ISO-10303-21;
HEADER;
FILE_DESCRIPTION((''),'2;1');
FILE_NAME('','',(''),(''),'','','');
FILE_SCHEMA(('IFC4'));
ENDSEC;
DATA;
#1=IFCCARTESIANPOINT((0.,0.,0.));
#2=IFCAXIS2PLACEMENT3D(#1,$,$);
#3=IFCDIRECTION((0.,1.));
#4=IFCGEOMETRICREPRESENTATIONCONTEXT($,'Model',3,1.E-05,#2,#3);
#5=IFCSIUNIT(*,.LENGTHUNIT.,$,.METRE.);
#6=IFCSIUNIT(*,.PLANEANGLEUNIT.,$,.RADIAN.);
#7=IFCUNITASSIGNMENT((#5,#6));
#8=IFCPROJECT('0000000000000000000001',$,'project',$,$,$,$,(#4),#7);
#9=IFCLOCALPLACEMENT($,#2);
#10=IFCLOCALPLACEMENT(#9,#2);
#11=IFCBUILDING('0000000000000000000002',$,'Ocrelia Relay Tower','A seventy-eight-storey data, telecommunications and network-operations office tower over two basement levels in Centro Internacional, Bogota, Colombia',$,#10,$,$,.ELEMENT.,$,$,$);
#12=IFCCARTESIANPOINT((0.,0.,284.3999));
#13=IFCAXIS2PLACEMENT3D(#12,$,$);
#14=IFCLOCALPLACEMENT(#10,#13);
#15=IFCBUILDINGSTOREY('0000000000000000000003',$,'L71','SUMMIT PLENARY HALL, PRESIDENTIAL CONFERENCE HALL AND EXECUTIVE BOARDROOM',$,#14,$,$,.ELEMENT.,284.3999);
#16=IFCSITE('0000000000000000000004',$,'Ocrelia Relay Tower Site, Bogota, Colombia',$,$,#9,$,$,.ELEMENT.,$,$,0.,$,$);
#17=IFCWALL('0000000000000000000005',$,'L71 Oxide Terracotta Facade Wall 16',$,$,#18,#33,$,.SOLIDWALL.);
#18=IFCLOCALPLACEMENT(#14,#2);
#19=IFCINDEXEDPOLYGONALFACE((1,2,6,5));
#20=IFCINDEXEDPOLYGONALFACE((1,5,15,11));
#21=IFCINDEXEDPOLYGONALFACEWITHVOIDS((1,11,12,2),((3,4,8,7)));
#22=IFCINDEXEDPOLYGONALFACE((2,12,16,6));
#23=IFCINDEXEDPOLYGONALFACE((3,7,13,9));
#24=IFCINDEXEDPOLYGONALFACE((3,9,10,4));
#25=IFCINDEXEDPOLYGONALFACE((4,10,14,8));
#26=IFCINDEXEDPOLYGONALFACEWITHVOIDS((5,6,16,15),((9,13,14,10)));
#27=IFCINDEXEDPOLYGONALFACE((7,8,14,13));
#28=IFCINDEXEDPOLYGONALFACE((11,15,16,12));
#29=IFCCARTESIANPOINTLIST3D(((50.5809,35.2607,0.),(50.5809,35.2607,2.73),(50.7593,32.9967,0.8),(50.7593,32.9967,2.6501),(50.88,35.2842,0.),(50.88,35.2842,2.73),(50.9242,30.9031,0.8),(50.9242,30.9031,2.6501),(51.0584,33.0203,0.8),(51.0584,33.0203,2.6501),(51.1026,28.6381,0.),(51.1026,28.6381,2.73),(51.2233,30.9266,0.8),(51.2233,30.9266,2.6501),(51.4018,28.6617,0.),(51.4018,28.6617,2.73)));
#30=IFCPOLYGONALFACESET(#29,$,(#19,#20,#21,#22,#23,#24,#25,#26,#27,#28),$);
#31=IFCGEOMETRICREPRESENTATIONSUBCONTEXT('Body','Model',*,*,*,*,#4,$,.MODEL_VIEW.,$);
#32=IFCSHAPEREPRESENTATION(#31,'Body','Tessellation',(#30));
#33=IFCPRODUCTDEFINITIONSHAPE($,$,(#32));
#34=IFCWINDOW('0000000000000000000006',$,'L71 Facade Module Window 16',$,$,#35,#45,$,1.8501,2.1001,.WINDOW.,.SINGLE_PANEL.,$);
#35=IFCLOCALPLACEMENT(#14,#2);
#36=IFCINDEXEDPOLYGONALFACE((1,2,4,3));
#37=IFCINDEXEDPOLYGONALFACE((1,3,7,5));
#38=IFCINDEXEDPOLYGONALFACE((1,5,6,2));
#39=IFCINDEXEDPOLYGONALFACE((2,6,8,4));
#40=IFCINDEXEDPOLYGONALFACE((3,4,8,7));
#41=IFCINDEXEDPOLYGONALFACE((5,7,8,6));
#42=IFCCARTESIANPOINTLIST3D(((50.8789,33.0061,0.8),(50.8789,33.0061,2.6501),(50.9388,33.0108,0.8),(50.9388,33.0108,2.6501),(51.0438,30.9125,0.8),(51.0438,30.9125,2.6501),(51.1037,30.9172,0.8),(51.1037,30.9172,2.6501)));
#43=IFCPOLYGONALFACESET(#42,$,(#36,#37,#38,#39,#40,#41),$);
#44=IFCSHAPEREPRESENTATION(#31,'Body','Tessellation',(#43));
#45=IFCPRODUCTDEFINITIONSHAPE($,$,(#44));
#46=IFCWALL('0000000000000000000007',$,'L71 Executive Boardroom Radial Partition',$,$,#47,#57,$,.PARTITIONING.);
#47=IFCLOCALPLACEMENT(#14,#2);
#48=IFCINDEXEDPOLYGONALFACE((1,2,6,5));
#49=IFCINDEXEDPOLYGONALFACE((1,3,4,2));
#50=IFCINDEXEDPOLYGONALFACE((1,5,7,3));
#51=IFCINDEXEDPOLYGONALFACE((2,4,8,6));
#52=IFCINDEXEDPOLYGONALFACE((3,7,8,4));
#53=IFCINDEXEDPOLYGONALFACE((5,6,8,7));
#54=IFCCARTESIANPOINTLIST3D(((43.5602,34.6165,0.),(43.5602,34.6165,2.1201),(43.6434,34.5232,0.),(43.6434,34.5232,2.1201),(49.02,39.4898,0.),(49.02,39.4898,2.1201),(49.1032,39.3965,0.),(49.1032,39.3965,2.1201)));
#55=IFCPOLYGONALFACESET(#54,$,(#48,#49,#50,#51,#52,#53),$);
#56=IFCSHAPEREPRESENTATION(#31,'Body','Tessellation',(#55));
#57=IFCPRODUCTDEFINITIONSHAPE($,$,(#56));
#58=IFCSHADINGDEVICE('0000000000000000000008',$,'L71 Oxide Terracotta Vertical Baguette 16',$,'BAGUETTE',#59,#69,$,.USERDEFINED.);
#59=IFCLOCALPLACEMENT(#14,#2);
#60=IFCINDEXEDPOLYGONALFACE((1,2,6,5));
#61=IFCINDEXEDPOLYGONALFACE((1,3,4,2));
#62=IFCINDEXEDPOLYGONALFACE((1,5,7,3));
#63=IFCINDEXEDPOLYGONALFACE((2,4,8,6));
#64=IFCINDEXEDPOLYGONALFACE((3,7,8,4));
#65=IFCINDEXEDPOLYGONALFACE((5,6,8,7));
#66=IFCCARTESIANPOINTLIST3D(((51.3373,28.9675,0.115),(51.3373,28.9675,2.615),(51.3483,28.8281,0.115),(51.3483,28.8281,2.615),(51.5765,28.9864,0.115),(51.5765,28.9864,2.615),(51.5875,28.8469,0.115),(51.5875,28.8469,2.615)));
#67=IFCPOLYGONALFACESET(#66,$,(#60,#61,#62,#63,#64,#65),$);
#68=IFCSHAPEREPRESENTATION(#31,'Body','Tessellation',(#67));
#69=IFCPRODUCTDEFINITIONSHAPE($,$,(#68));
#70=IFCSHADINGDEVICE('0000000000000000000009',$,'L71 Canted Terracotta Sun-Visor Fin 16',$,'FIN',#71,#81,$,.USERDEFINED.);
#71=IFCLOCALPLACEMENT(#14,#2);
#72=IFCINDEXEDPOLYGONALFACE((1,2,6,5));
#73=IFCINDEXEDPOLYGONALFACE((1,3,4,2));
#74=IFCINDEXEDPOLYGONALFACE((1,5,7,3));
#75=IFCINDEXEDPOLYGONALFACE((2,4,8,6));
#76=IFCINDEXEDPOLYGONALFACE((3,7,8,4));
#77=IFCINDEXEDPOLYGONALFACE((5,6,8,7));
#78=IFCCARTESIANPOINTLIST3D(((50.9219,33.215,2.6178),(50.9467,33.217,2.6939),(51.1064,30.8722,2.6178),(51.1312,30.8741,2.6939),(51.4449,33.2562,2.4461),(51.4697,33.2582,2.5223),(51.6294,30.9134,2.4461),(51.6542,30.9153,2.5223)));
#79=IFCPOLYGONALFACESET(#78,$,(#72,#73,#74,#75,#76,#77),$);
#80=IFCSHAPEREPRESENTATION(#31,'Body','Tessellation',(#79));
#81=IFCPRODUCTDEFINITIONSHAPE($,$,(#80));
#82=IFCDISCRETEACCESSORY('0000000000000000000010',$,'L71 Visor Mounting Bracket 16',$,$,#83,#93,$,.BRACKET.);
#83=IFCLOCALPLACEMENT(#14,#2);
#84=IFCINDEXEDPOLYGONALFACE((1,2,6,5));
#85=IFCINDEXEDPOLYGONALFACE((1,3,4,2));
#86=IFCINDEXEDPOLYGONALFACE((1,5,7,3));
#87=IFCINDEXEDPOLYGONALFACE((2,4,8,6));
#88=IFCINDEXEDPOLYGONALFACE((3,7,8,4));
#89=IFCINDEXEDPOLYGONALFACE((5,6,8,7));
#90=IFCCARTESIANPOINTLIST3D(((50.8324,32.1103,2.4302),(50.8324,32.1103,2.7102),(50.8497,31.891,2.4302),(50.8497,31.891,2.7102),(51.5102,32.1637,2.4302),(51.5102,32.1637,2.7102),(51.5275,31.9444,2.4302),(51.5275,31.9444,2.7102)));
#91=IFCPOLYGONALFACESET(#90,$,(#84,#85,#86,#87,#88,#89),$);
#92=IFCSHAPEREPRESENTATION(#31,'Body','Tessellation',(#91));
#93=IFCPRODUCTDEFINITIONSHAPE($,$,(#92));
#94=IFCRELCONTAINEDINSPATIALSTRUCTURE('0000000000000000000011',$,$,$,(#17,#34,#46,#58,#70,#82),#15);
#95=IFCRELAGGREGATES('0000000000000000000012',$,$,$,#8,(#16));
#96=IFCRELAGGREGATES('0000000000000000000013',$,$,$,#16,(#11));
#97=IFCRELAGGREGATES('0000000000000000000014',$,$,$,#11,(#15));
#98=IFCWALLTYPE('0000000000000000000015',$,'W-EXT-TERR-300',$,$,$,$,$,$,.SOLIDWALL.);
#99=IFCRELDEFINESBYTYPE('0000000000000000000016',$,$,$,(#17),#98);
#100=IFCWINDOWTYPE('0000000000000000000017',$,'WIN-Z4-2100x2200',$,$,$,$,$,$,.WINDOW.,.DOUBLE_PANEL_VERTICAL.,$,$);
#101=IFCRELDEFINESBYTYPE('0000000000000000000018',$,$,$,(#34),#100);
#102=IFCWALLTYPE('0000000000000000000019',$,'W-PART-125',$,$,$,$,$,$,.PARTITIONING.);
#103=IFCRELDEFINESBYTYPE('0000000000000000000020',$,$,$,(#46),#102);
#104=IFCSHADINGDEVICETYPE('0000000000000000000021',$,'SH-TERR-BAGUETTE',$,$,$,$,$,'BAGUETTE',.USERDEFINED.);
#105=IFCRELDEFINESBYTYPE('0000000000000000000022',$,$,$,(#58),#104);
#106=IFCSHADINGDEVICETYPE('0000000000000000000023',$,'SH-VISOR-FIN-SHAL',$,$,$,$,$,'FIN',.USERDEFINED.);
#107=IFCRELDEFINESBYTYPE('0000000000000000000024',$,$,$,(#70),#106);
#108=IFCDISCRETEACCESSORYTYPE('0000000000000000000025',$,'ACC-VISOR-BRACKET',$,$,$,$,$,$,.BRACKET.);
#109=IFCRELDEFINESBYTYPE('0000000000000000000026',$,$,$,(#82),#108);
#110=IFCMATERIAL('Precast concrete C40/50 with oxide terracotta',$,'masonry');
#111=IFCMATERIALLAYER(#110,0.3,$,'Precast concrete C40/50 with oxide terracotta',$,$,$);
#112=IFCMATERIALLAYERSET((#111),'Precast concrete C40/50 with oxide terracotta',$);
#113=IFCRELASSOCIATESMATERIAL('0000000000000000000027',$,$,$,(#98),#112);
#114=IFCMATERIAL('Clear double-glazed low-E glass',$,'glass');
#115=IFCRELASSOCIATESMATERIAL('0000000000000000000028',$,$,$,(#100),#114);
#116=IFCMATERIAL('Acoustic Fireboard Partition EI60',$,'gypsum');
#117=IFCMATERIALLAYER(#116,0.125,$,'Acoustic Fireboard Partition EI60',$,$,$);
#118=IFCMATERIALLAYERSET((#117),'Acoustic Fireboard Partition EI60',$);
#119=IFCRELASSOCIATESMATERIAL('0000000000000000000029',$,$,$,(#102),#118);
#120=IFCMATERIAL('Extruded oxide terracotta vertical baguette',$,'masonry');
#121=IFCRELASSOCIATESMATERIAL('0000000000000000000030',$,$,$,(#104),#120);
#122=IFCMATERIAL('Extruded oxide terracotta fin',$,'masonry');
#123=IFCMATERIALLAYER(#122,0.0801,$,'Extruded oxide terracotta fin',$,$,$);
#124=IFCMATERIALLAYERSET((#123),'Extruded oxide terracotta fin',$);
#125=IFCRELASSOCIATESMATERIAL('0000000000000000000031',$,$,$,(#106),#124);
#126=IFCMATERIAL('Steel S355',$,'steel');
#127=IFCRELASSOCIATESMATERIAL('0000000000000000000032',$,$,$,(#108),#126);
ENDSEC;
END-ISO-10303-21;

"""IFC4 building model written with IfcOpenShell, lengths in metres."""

from ifc_helpers import new_model, si_unit, direction, frame, frame_2d, origin, origin_2d, place, context, subcontext, project, spatial, rectangle, extrude, material, layer, layer_set, type_object, element, fill, save


model = new_model("IFC4")

# Units and contexts
model_context = context("Model", 3, precision=1e-05, world=origin(), true_north=direction((0.0, 1.0)))
body_context = subcontext(model_context, "Body", "Model", "MODEL_VIEW")
ifc_project = project(units=[si_unit("LENGTHUNIT", "METRE"), si_unit("PLANEANGLEUNIT", "RADIAN")], contexts=[model_context])

# Site, building, storey
site_placement = place(None, origin())
site = spatial("IfcSite", under=ifc_project, at=site_placement, Name="Ocrelia Relay Tower Site, Bogota, Colombia", CompositionType="ELEMENT", RefElevation=0.0)
building_placement = place(site_placement, origin())
building = spatial("IfcBuilding", under=site, at=building_placement, Name="Ocrelia Relay Tower", Description="A seventy-eight-storey data, telecommunications and network-operations office tower over two basement levels in Centro Internacional, Bogota, Colombia", CompositionType="ELEMENT")
storey_placement = place(building_placement, frame((0.0, 0.0, 284.3999)))
storey = spatial("IfcBuildingStorey", under=building, at=storey_placement, Name="L71", Description="SUMMIT PLENARY HALL, PRESIDENTIAL CONFERENCE HALL AND EXECUTIVE BOARDROOM", CompositionType="ELEMENT", Elevation=284.3999)

# Shared definitions
ifc_material_1 = material(Name="Steel S355", Category="steel")

# Wall, opening, window
ifc_material_2 = material(Name="Precast concrete C40/50 with oxide terracotta", Category="masonry")
ifc_layer_1 = layer(ifc_material_2, 0.3, Name="Precast concrete C40/50 with oxide terracotta")
ifc_layer_set_1 = layer_set([ifc_layer_1], Name="Precast concrete C40/50 with oxide terracotta")
wall_type_1 = type_object("IfcWallType", Name="W-EXT-TERR-300", PredefinedType="SOLIDWALL", material=ifc_layer_set_1)
wall_1_placement = place(storey_placement, frame((51.2522, 28.6499, 0.0), z_axis=(0.0, 0.0, 1.0), x_axis=(-0.078537, 0.996911, 0.0)))
wall_1 = element("IfcWall", 1, at=wall_1_placement, inside=storey, type_object=wall_type_1, Name="L71 Oxide Terracotta Facade Wall 16", PredefinedType="SOLIDWALL", context=body_context, shape_type="SweptSolid", body=[
    extrude(rectangle(XDim=6.6431, YDim=0.3, at=frame_2d((3.3215, 0.0))), origin(), (0.0, 0.0, 1.0), 2.73),
])
opening_placement = place(wall_1_placement, frame((2.272, 0.0, 0.8)))
opening = element("IfcOpeningElement", 2, at=opening_placement, cuts=wall_1, PredefinedType="OPENING", context=body_context, shape_type="SweptSolid", body=[
    extrude(rectangle(XDim=2.1001, YDim=1.8501, at=frame_2d((1.05, 0.925))), frame((0.0, 0.1602, 0.0), z_axis=(0.0, -1.0, 0.0), x_axis=(1.0, 0.0, 0.0)), (0.0, 0.0, 1.0), 0.3201),
])
ifc_material_3 = material(Name="Clear double-glazed low-E glass", Category="glass")
window_type = type_object("IfcWindowType", Name="WIN-Z4-2100x2200", PartitioningType="DOUBLE_PANEL_VERTICAL", PredefinedType="WINDOW", material=ifc_material_3)
window_placement = place(opening_placement, origin())
window = element("IfcWindow", 3, at=window_placement, inside=storey, type_object=window_type, Name="L71 Facade Module Window 16", OverallHeight=1.8501, OverallWidth=2.1001, PartitioningType="SINGLE_PANEL", PredefinedType="WINDOW", context=body_context, shape_type="SweptSolid", body=[
    extrude(rectangle(XDim=2.1001, YDim=1.8501, at=frame_2d((1.05, 0.925))), frame((0.0, 0.03, 0.0), z_axis=(0.0, -1.0, 0.0), x_axis=(1.0, 0.0, 0.0)), (0.0, 0.0, 1.0), 0.0601),
])
fill(opening, window)

# Wall
ifc_material_4 = material(Name="Acoustic Fireboard Partition EI60", Category="gypsum")
ifc_layer_2 = layer(ifc_material_4, 0.125, Name="Acoustic Fireboard Partition EI60")
ifc_layer_set_2 = layer_set([ifc_layer_2], Name="Acoustic Fireboard Partition EI60")
wall_type_2 = type_object("IfcWallType", Name="W-PART-125", PredefinedType="PARTITIONING", material=ifc_layer_set_2)
wall_2_placement = place(storey_placement, frame((43.6018, 34.5698, 0.0), z_axis=(0.0, 0.0, 1.0), x_axis=(0.746037, 0.665905, 0.0)))
element("IfcWall", 4, at=wall_2_placement, inside=storey, type_object=wall_type_2, Name="L71 Executive Boardroom Radial Partition", PredefinedType="PARTITIONING", context=body_context, shape_type="SweptSolid", body=[
    extrude(rectangle(XDim=7.3184, YDim=0.125, at=frame_2d((3.6592, 0.0))), origin(), (0.0, 0.0, 1.0), 2.1201),
])

# Shading devices
ifc_material_5 = material(Name="Extruded oxide terracotta vertical baguette", Category="masonry")
shading_device_type_1 = type_object("IfcShadingDeviceType", Name="SH-TERR-BAGUETTE", ElementType="BAGUETTE", PredefinedType="USERDEFINED", material=ifc_material_5)
shading_device_1_placement = place(storey_placement, frame((51.4624, 28.9072, 0.115), z_axis=(0.0, 0.0, 1.0), x_axis=(-0.078517, 0.996913, 0.0)))
element("IfcShadingDevice", 5, at=shading_device_1_placement, inside=storey, type_object=shading_device_type_1, Name="L71 Oxide Terracotta Vertical Baguette 16", ObjectType="BAGUETTE", PredefinedType="USERDEFINED", context=body_context, shape_type="SweptSolid", body=[
    extrude(rectangle(XDim=0.1399, YDim=0.24, at=origin_2d()), origin(), (0.0, 0.0, 1.0), 2.5),
])
ifc_material_6 = material(Name="Extruded oxide terracotta fin", Category="masonry")
ifc_layer_3 = layer(ifc_material_6, 0.0801, Name="Extruded oxide terracotta fin")
ifc_layer_set_3 = layer_set([ifc_layer_3], Name="Extruded oxide terracotta fin")
shading_device_type_2 = type_object("IfcShadingDeviceType", Name="SH-VISOR-FIN-SHAL", ElementType="FIN", PredefinedType="USERDEFINED", material=ifc_layer_set_3)
shading_device_2_placement = place(storey_placement, frame((51.2756, 32.0642, 2.532), z_axis=(0.310048, 0.02442, 0.950407), x_axis=(-0.078517, 0.996913, 0.0)))
element("IfcShadingDevice", 6, at=shading_device_2_placement, inside=storey, type_object=shading_device_type_2, Name="L71 Canted Terracotta Sun-Visor Fin 16", ObjectType="FIN", PredefinedType="USERDEFINED", context=body_context, shape_type="SweptSolid", body=[
    extrude(rectangle(XDim=2.3501, YDim=0.552, at=origin_2d()), origin(), (0.0, 0.0, 1.0), 0.0801),
])

# Discrete accessory
discrete_accessory_type = type_object("IfcDiscreteAccessoryType", Name="ACC-VISOR-BRACKET", PredefinedType="BRACKET", material=ifc_material_1)
discrete_accessory_placement = place(storey_placement, frame((51.1799, 32.0273, 2.4302), z_axis=(0.0, 0.0, 1.0), x_axis=(-0.078517, 0.996913, 0.0)))
element("IfcDiscreteAccessory", 7, at=discrete_accessory_placement, inside=storey, type_object=discrete_accessory_type, Name="L71 Visor Mounting Bracket 16", PredefinedType="BRACKET", context=body_context, shape_type="SweptSolid", body=[
    extrude(rectangle(XDim=0.22, YDim=0.6799, at=origin_2d()), origin(), (0.0, 0.0, 1.0), 0.28),
])

save(model, "model.ifc")
